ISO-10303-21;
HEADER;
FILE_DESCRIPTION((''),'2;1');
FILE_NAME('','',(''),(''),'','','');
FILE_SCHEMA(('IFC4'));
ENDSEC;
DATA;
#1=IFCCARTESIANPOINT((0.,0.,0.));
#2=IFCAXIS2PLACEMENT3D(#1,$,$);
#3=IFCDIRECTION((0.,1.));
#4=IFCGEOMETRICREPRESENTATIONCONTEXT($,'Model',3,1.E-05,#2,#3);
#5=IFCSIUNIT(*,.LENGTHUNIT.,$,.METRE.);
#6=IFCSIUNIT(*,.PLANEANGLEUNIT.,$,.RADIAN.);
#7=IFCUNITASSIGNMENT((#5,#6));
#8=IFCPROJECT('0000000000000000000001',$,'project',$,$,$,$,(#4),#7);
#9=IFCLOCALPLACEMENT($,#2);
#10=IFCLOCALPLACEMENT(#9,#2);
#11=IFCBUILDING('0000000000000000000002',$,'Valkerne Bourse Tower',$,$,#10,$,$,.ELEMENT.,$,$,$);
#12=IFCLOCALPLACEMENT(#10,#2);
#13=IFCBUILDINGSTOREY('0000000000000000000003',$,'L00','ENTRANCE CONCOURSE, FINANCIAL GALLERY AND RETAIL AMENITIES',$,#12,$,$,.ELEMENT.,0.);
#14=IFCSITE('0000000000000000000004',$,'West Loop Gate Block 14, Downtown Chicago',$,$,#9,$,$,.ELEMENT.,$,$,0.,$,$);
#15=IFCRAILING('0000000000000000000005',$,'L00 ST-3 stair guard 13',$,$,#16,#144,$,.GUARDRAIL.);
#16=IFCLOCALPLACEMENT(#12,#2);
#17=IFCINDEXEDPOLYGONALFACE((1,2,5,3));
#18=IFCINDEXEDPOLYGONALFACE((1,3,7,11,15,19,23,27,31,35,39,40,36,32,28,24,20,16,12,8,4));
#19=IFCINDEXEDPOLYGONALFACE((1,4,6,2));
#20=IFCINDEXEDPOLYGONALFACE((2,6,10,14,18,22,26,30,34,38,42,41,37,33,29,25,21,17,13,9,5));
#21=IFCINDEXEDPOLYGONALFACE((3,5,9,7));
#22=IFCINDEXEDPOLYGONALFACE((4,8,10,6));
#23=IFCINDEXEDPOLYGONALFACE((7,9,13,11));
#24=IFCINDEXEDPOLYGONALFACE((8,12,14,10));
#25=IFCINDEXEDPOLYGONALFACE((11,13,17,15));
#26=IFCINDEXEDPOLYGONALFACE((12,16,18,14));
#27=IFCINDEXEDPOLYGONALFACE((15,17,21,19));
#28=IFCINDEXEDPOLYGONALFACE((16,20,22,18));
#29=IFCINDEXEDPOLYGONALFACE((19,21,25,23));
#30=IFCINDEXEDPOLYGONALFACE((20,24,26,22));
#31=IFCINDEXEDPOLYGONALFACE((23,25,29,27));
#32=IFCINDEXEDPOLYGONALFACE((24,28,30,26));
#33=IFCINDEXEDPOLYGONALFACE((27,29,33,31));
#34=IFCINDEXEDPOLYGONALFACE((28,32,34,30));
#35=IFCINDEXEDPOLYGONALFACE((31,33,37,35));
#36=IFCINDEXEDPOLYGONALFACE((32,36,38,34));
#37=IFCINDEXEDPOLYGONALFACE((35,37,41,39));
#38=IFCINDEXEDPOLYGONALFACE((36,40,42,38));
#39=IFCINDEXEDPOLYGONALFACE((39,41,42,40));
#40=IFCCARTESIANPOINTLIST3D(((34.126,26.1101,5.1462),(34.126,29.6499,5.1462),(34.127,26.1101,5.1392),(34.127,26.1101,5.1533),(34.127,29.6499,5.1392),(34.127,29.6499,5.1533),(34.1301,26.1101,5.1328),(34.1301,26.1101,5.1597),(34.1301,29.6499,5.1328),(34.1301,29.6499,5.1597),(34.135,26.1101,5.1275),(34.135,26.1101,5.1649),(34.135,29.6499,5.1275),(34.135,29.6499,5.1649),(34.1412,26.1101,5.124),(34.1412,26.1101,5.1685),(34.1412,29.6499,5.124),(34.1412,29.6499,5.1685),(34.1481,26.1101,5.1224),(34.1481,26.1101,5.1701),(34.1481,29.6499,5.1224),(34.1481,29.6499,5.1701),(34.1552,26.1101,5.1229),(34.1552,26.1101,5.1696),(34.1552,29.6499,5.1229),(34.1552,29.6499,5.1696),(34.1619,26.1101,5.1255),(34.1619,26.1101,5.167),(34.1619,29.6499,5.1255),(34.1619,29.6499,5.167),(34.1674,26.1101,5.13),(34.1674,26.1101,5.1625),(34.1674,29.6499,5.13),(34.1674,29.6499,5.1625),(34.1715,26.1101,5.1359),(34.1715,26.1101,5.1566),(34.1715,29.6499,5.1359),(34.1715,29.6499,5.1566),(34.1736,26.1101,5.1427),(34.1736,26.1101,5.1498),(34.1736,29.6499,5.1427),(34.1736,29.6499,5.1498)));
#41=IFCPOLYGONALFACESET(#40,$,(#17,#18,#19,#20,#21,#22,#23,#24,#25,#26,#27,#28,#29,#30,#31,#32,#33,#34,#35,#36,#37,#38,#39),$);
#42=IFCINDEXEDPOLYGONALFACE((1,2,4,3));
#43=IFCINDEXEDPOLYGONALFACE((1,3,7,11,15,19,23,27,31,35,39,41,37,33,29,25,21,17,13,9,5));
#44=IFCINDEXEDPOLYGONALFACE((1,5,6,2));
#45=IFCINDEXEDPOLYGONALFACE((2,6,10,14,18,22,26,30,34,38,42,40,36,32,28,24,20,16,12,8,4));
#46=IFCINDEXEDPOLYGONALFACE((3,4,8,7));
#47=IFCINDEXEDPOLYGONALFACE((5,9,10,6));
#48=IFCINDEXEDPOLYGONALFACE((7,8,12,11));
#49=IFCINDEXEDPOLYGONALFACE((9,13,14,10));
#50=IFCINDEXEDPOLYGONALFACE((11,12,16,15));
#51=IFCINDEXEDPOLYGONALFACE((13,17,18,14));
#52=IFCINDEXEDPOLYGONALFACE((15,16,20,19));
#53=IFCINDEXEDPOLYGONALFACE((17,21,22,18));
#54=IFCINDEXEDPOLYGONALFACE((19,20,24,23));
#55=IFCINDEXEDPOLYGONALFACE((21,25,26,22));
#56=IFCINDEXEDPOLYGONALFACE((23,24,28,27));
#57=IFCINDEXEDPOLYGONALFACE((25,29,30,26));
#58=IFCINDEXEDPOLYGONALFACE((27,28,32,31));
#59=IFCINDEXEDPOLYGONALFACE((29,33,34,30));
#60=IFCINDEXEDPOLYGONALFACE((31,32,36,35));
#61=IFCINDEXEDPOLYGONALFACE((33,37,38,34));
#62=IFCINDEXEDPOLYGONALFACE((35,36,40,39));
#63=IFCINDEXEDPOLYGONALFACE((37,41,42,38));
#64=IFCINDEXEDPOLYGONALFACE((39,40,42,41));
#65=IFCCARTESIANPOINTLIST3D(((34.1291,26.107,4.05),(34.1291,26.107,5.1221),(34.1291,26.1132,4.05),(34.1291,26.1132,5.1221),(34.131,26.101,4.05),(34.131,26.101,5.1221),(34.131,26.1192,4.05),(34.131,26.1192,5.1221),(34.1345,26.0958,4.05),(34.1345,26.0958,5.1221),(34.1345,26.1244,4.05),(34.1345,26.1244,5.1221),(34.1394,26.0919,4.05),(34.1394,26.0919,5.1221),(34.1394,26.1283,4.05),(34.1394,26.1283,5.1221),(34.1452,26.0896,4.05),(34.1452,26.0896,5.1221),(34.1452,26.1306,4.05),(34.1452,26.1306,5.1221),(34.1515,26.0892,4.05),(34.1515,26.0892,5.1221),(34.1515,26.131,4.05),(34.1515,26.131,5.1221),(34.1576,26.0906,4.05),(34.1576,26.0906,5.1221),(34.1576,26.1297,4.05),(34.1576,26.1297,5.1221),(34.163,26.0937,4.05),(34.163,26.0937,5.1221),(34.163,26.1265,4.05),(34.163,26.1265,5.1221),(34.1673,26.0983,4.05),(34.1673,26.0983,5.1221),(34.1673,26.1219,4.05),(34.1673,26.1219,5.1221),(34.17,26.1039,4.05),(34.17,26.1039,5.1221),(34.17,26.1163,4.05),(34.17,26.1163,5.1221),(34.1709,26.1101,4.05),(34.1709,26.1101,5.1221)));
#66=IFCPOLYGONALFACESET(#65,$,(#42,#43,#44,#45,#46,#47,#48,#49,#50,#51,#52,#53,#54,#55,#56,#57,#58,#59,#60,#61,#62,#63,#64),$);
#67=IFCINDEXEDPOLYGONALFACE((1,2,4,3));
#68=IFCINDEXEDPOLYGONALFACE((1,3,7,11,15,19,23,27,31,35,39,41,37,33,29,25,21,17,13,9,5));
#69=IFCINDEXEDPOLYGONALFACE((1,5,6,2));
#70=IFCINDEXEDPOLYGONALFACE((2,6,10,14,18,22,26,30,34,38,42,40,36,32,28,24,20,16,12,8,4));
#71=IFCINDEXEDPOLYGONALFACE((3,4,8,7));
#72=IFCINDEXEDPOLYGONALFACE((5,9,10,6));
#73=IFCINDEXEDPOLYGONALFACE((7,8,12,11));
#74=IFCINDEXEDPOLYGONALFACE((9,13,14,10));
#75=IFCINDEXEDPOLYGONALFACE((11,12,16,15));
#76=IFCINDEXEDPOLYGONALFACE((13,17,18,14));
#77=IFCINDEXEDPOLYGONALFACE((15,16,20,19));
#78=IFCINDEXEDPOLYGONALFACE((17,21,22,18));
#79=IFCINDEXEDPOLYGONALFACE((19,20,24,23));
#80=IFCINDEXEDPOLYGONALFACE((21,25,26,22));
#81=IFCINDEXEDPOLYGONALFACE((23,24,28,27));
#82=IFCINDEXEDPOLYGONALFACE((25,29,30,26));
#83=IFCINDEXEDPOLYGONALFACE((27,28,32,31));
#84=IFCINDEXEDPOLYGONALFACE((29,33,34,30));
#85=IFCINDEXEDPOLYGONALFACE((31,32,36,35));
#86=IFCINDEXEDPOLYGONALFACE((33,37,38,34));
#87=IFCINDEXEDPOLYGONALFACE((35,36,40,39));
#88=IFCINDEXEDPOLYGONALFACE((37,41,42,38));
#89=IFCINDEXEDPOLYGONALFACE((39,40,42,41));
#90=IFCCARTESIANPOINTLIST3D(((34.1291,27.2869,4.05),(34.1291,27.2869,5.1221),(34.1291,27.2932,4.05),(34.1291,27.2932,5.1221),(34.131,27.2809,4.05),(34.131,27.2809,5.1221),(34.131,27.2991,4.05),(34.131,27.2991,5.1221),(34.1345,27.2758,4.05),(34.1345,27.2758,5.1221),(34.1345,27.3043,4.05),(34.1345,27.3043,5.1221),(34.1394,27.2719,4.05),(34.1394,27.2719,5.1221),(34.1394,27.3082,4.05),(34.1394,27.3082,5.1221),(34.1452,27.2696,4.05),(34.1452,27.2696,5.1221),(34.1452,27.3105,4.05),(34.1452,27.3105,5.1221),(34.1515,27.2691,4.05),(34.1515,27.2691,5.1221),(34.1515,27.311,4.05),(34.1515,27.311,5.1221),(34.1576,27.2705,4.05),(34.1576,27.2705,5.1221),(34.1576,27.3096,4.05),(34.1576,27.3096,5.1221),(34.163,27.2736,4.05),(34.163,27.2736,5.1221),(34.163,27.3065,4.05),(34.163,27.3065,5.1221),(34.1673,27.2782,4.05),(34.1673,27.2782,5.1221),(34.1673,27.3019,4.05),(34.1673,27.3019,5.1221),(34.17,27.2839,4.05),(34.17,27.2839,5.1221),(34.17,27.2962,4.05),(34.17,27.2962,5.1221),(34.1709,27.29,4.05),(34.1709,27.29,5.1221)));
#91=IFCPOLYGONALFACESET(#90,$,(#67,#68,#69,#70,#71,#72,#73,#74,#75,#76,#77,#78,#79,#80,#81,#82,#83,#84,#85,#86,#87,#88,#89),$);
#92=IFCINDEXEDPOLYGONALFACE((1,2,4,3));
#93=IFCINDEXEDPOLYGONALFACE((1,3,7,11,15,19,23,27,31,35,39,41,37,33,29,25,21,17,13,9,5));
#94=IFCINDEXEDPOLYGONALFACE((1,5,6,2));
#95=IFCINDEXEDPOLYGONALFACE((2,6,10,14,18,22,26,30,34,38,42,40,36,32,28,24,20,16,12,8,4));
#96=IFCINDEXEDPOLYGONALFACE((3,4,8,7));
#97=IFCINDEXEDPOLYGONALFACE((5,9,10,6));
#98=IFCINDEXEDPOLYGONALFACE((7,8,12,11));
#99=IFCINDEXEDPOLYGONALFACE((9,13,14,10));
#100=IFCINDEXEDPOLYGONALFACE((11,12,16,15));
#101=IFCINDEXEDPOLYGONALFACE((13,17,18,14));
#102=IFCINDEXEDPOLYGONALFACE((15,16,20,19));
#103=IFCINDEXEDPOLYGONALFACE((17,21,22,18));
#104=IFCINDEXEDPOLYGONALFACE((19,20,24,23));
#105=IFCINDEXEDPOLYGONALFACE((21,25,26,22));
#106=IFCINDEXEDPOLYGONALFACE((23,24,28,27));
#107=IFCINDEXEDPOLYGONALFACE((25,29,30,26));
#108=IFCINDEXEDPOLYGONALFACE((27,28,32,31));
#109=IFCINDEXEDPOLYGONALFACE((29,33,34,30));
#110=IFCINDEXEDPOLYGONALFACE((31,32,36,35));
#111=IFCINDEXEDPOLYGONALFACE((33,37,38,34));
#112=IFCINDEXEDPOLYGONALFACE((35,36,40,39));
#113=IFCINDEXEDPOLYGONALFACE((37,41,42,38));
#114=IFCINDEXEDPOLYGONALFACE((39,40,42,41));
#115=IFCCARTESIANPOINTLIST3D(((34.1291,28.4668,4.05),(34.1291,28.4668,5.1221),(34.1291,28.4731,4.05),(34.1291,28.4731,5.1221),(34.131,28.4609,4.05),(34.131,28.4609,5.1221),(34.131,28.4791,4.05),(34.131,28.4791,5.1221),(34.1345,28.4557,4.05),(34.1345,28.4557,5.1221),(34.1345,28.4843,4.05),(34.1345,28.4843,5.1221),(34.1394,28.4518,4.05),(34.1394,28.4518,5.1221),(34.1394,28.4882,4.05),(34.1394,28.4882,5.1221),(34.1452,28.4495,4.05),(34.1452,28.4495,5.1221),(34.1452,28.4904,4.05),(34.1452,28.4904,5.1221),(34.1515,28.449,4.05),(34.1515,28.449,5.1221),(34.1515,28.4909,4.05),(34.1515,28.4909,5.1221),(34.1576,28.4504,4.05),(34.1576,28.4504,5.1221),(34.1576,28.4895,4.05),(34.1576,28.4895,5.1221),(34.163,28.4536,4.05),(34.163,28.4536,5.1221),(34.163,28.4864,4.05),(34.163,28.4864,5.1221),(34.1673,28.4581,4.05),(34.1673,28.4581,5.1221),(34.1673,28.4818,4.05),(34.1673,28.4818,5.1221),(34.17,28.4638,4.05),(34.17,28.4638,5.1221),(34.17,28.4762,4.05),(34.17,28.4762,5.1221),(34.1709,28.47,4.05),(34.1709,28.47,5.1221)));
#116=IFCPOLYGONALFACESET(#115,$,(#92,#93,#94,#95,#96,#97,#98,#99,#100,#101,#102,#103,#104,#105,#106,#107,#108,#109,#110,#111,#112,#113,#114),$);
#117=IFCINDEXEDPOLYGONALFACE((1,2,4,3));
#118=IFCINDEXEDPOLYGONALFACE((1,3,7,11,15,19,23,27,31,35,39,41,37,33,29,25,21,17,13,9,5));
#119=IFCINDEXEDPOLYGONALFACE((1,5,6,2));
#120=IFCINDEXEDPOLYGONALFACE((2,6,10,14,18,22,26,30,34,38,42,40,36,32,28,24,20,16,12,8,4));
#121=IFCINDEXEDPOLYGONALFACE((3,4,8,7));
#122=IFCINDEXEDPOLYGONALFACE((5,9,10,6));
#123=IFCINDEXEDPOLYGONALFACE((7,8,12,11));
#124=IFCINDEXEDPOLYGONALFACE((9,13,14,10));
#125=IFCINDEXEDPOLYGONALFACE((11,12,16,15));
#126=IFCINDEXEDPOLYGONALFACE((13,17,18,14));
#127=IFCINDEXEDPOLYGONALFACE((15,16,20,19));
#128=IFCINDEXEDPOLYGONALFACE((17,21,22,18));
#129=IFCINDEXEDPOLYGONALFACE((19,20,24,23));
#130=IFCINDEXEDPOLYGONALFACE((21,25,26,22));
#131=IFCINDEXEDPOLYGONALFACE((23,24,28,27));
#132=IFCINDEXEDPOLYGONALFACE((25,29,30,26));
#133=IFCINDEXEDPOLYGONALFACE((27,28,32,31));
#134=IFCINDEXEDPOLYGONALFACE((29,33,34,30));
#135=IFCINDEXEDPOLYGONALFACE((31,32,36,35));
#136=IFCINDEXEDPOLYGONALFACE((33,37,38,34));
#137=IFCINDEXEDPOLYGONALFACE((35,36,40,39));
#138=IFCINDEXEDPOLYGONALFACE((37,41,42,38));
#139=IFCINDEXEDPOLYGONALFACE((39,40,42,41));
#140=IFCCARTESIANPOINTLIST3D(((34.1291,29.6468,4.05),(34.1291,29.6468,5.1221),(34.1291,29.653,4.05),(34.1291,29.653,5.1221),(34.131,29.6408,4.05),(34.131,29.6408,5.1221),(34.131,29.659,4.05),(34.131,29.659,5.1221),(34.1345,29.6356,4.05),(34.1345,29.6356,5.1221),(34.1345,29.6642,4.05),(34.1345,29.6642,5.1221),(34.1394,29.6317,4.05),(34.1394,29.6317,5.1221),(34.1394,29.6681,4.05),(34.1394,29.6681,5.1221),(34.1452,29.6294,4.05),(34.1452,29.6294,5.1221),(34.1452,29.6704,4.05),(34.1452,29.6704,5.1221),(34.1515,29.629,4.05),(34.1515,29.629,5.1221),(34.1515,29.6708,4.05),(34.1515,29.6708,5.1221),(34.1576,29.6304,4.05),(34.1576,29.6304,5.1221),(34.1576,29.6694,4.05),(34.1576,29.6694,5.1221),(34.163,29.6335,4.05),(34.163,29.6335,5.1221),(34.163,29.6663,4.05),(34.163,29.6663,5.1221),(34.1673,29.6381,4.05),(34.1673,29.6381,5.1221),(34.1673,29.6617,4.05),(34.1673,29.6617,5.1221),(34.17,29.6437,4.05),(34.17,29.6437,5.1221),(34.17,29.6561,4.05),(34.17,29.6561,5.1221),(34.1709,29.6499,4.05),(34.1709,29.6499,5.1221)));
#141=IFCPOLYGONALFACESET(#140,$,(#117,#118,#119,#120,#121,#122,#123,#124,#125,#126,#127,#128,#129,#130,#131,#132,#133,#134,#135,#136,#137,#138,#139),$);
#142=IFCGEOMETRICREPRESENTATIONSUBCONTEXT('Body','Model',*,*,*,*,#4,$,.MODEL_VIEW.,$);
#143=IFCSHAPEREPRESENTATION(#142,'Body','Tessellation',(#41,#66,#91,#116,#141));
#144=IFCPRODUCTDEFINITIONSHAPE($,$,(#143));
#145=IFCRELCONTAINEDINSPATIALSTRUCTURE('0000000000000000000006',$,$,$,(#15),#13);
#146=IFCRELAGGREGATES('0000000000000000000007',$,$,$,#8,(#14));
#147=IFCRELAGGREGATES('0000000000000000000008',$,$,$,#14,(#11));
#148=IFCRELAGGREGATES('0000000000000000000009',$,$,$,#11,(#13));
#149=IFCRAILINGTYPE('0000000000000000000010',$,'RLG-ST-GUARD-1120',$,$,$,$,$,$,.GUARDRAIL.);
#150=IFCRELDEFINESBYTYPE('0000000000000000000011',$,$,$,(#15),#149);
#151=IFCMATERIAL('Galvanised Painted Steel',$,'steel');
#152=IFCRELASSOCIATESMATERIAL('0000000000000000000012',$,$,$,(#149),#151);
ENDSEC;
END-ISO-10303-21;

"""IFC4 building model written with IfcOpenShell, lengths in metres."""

from ifc_helpers import new_model, si_unit, direction, frame, origin, origin_2d, place, context, subcontext, project, spatial, circle, extrude, material, type_object, element, save


model = new_model("IFC4")

# Units and contexts
model_context = context("Model", 3, precision=1e-05, world=origin(), true_north=direction((0.0, 1.0)))
body_context = subcontext(model_context, "Body", "Model", "MODEL_VIEW")
ifc_project = project(units=[si_unit("LENGTHUNIT", "METRE"), si_unit("PLANEANGLEUNIT", "RADIAN")], contexts=[model_context])

# Site, building, storey
site_placement = place(None, origin())
site = spatial("IfcSite", under=ifc_project, at=site_placement, Name="West Loop Gate Block 14, Downtown Chicago", CompositionType="ELEMENT", RefElevation=0.0)
building_placement = place(site_placement, origin())
building = spatial("IfcBuilding", under=site, at=building_placement, Name="Valkerne Bourse Tower", CompositionType="ELEMENT")
storey_placement = place(building_placement, origin())
storey = spatial("IfcBuildingStorey", under=building, at=storey_placement, Name="L00", Description="ENTRANCE CONCOURSE, FINANCIAL GALLERY AND RETAIL AMENITIES", CompositionType="ELEMENT", Elevation=0.0)

# Shared definitions
ifc_material_1 = material(Name="Galvanised Painted Steel", Category="steel")

# Railing
railing_type_1 = type_object("IfcRailingType", Name="RLG-ST-GUARD-1120", PredefinedType="GUARDRAIL", material=ifc_material_1)
railing_1_placement = place(storey_placement, frame((34.1499, 26.1101, 4.05)))
element("IfcRailing", 1, at=railing_1_placement, inside=storey, type_object=railing_type_1, Name="L00 ST-3 stair guard 13", PredefinedType="GUARDRAIL", context=body_context, shape_type="SweptSolid", body=[
    extrude(circle(Radius=0.0239, at=origin_2d()), frame((0.0, 0.0, 1.0962), z_axis=(0.0, 1.0, 0.0), x_axis=(-1.0, 0.0, 0.0)), (0.0, 0.0, 1.0), 3.5398),
    extrude(circle(Radius=0.021, at=origin_2d()), origin(), (0.0, 0.0, 1.0), 1.072),
    extrude(circle(Radius=0.021, at=origin_2d()), frame((0.0, 1.1799, 0.0)), (0.0, 0.0, 1.0), 1.072),
    extrude(circle(Radius=0.021, at=origin_2d()), frame((0.0, 2.3599, 0.0)), (0.0, 0.0, 1.0), 1.072),
    extrude(circle(Radius=0.021, at=origin_2d()), frame((0.0, 3.5398, 0.0)), (0.0, 0.0, 1.0), 1.072),
])

save(model, "model.ifc")
